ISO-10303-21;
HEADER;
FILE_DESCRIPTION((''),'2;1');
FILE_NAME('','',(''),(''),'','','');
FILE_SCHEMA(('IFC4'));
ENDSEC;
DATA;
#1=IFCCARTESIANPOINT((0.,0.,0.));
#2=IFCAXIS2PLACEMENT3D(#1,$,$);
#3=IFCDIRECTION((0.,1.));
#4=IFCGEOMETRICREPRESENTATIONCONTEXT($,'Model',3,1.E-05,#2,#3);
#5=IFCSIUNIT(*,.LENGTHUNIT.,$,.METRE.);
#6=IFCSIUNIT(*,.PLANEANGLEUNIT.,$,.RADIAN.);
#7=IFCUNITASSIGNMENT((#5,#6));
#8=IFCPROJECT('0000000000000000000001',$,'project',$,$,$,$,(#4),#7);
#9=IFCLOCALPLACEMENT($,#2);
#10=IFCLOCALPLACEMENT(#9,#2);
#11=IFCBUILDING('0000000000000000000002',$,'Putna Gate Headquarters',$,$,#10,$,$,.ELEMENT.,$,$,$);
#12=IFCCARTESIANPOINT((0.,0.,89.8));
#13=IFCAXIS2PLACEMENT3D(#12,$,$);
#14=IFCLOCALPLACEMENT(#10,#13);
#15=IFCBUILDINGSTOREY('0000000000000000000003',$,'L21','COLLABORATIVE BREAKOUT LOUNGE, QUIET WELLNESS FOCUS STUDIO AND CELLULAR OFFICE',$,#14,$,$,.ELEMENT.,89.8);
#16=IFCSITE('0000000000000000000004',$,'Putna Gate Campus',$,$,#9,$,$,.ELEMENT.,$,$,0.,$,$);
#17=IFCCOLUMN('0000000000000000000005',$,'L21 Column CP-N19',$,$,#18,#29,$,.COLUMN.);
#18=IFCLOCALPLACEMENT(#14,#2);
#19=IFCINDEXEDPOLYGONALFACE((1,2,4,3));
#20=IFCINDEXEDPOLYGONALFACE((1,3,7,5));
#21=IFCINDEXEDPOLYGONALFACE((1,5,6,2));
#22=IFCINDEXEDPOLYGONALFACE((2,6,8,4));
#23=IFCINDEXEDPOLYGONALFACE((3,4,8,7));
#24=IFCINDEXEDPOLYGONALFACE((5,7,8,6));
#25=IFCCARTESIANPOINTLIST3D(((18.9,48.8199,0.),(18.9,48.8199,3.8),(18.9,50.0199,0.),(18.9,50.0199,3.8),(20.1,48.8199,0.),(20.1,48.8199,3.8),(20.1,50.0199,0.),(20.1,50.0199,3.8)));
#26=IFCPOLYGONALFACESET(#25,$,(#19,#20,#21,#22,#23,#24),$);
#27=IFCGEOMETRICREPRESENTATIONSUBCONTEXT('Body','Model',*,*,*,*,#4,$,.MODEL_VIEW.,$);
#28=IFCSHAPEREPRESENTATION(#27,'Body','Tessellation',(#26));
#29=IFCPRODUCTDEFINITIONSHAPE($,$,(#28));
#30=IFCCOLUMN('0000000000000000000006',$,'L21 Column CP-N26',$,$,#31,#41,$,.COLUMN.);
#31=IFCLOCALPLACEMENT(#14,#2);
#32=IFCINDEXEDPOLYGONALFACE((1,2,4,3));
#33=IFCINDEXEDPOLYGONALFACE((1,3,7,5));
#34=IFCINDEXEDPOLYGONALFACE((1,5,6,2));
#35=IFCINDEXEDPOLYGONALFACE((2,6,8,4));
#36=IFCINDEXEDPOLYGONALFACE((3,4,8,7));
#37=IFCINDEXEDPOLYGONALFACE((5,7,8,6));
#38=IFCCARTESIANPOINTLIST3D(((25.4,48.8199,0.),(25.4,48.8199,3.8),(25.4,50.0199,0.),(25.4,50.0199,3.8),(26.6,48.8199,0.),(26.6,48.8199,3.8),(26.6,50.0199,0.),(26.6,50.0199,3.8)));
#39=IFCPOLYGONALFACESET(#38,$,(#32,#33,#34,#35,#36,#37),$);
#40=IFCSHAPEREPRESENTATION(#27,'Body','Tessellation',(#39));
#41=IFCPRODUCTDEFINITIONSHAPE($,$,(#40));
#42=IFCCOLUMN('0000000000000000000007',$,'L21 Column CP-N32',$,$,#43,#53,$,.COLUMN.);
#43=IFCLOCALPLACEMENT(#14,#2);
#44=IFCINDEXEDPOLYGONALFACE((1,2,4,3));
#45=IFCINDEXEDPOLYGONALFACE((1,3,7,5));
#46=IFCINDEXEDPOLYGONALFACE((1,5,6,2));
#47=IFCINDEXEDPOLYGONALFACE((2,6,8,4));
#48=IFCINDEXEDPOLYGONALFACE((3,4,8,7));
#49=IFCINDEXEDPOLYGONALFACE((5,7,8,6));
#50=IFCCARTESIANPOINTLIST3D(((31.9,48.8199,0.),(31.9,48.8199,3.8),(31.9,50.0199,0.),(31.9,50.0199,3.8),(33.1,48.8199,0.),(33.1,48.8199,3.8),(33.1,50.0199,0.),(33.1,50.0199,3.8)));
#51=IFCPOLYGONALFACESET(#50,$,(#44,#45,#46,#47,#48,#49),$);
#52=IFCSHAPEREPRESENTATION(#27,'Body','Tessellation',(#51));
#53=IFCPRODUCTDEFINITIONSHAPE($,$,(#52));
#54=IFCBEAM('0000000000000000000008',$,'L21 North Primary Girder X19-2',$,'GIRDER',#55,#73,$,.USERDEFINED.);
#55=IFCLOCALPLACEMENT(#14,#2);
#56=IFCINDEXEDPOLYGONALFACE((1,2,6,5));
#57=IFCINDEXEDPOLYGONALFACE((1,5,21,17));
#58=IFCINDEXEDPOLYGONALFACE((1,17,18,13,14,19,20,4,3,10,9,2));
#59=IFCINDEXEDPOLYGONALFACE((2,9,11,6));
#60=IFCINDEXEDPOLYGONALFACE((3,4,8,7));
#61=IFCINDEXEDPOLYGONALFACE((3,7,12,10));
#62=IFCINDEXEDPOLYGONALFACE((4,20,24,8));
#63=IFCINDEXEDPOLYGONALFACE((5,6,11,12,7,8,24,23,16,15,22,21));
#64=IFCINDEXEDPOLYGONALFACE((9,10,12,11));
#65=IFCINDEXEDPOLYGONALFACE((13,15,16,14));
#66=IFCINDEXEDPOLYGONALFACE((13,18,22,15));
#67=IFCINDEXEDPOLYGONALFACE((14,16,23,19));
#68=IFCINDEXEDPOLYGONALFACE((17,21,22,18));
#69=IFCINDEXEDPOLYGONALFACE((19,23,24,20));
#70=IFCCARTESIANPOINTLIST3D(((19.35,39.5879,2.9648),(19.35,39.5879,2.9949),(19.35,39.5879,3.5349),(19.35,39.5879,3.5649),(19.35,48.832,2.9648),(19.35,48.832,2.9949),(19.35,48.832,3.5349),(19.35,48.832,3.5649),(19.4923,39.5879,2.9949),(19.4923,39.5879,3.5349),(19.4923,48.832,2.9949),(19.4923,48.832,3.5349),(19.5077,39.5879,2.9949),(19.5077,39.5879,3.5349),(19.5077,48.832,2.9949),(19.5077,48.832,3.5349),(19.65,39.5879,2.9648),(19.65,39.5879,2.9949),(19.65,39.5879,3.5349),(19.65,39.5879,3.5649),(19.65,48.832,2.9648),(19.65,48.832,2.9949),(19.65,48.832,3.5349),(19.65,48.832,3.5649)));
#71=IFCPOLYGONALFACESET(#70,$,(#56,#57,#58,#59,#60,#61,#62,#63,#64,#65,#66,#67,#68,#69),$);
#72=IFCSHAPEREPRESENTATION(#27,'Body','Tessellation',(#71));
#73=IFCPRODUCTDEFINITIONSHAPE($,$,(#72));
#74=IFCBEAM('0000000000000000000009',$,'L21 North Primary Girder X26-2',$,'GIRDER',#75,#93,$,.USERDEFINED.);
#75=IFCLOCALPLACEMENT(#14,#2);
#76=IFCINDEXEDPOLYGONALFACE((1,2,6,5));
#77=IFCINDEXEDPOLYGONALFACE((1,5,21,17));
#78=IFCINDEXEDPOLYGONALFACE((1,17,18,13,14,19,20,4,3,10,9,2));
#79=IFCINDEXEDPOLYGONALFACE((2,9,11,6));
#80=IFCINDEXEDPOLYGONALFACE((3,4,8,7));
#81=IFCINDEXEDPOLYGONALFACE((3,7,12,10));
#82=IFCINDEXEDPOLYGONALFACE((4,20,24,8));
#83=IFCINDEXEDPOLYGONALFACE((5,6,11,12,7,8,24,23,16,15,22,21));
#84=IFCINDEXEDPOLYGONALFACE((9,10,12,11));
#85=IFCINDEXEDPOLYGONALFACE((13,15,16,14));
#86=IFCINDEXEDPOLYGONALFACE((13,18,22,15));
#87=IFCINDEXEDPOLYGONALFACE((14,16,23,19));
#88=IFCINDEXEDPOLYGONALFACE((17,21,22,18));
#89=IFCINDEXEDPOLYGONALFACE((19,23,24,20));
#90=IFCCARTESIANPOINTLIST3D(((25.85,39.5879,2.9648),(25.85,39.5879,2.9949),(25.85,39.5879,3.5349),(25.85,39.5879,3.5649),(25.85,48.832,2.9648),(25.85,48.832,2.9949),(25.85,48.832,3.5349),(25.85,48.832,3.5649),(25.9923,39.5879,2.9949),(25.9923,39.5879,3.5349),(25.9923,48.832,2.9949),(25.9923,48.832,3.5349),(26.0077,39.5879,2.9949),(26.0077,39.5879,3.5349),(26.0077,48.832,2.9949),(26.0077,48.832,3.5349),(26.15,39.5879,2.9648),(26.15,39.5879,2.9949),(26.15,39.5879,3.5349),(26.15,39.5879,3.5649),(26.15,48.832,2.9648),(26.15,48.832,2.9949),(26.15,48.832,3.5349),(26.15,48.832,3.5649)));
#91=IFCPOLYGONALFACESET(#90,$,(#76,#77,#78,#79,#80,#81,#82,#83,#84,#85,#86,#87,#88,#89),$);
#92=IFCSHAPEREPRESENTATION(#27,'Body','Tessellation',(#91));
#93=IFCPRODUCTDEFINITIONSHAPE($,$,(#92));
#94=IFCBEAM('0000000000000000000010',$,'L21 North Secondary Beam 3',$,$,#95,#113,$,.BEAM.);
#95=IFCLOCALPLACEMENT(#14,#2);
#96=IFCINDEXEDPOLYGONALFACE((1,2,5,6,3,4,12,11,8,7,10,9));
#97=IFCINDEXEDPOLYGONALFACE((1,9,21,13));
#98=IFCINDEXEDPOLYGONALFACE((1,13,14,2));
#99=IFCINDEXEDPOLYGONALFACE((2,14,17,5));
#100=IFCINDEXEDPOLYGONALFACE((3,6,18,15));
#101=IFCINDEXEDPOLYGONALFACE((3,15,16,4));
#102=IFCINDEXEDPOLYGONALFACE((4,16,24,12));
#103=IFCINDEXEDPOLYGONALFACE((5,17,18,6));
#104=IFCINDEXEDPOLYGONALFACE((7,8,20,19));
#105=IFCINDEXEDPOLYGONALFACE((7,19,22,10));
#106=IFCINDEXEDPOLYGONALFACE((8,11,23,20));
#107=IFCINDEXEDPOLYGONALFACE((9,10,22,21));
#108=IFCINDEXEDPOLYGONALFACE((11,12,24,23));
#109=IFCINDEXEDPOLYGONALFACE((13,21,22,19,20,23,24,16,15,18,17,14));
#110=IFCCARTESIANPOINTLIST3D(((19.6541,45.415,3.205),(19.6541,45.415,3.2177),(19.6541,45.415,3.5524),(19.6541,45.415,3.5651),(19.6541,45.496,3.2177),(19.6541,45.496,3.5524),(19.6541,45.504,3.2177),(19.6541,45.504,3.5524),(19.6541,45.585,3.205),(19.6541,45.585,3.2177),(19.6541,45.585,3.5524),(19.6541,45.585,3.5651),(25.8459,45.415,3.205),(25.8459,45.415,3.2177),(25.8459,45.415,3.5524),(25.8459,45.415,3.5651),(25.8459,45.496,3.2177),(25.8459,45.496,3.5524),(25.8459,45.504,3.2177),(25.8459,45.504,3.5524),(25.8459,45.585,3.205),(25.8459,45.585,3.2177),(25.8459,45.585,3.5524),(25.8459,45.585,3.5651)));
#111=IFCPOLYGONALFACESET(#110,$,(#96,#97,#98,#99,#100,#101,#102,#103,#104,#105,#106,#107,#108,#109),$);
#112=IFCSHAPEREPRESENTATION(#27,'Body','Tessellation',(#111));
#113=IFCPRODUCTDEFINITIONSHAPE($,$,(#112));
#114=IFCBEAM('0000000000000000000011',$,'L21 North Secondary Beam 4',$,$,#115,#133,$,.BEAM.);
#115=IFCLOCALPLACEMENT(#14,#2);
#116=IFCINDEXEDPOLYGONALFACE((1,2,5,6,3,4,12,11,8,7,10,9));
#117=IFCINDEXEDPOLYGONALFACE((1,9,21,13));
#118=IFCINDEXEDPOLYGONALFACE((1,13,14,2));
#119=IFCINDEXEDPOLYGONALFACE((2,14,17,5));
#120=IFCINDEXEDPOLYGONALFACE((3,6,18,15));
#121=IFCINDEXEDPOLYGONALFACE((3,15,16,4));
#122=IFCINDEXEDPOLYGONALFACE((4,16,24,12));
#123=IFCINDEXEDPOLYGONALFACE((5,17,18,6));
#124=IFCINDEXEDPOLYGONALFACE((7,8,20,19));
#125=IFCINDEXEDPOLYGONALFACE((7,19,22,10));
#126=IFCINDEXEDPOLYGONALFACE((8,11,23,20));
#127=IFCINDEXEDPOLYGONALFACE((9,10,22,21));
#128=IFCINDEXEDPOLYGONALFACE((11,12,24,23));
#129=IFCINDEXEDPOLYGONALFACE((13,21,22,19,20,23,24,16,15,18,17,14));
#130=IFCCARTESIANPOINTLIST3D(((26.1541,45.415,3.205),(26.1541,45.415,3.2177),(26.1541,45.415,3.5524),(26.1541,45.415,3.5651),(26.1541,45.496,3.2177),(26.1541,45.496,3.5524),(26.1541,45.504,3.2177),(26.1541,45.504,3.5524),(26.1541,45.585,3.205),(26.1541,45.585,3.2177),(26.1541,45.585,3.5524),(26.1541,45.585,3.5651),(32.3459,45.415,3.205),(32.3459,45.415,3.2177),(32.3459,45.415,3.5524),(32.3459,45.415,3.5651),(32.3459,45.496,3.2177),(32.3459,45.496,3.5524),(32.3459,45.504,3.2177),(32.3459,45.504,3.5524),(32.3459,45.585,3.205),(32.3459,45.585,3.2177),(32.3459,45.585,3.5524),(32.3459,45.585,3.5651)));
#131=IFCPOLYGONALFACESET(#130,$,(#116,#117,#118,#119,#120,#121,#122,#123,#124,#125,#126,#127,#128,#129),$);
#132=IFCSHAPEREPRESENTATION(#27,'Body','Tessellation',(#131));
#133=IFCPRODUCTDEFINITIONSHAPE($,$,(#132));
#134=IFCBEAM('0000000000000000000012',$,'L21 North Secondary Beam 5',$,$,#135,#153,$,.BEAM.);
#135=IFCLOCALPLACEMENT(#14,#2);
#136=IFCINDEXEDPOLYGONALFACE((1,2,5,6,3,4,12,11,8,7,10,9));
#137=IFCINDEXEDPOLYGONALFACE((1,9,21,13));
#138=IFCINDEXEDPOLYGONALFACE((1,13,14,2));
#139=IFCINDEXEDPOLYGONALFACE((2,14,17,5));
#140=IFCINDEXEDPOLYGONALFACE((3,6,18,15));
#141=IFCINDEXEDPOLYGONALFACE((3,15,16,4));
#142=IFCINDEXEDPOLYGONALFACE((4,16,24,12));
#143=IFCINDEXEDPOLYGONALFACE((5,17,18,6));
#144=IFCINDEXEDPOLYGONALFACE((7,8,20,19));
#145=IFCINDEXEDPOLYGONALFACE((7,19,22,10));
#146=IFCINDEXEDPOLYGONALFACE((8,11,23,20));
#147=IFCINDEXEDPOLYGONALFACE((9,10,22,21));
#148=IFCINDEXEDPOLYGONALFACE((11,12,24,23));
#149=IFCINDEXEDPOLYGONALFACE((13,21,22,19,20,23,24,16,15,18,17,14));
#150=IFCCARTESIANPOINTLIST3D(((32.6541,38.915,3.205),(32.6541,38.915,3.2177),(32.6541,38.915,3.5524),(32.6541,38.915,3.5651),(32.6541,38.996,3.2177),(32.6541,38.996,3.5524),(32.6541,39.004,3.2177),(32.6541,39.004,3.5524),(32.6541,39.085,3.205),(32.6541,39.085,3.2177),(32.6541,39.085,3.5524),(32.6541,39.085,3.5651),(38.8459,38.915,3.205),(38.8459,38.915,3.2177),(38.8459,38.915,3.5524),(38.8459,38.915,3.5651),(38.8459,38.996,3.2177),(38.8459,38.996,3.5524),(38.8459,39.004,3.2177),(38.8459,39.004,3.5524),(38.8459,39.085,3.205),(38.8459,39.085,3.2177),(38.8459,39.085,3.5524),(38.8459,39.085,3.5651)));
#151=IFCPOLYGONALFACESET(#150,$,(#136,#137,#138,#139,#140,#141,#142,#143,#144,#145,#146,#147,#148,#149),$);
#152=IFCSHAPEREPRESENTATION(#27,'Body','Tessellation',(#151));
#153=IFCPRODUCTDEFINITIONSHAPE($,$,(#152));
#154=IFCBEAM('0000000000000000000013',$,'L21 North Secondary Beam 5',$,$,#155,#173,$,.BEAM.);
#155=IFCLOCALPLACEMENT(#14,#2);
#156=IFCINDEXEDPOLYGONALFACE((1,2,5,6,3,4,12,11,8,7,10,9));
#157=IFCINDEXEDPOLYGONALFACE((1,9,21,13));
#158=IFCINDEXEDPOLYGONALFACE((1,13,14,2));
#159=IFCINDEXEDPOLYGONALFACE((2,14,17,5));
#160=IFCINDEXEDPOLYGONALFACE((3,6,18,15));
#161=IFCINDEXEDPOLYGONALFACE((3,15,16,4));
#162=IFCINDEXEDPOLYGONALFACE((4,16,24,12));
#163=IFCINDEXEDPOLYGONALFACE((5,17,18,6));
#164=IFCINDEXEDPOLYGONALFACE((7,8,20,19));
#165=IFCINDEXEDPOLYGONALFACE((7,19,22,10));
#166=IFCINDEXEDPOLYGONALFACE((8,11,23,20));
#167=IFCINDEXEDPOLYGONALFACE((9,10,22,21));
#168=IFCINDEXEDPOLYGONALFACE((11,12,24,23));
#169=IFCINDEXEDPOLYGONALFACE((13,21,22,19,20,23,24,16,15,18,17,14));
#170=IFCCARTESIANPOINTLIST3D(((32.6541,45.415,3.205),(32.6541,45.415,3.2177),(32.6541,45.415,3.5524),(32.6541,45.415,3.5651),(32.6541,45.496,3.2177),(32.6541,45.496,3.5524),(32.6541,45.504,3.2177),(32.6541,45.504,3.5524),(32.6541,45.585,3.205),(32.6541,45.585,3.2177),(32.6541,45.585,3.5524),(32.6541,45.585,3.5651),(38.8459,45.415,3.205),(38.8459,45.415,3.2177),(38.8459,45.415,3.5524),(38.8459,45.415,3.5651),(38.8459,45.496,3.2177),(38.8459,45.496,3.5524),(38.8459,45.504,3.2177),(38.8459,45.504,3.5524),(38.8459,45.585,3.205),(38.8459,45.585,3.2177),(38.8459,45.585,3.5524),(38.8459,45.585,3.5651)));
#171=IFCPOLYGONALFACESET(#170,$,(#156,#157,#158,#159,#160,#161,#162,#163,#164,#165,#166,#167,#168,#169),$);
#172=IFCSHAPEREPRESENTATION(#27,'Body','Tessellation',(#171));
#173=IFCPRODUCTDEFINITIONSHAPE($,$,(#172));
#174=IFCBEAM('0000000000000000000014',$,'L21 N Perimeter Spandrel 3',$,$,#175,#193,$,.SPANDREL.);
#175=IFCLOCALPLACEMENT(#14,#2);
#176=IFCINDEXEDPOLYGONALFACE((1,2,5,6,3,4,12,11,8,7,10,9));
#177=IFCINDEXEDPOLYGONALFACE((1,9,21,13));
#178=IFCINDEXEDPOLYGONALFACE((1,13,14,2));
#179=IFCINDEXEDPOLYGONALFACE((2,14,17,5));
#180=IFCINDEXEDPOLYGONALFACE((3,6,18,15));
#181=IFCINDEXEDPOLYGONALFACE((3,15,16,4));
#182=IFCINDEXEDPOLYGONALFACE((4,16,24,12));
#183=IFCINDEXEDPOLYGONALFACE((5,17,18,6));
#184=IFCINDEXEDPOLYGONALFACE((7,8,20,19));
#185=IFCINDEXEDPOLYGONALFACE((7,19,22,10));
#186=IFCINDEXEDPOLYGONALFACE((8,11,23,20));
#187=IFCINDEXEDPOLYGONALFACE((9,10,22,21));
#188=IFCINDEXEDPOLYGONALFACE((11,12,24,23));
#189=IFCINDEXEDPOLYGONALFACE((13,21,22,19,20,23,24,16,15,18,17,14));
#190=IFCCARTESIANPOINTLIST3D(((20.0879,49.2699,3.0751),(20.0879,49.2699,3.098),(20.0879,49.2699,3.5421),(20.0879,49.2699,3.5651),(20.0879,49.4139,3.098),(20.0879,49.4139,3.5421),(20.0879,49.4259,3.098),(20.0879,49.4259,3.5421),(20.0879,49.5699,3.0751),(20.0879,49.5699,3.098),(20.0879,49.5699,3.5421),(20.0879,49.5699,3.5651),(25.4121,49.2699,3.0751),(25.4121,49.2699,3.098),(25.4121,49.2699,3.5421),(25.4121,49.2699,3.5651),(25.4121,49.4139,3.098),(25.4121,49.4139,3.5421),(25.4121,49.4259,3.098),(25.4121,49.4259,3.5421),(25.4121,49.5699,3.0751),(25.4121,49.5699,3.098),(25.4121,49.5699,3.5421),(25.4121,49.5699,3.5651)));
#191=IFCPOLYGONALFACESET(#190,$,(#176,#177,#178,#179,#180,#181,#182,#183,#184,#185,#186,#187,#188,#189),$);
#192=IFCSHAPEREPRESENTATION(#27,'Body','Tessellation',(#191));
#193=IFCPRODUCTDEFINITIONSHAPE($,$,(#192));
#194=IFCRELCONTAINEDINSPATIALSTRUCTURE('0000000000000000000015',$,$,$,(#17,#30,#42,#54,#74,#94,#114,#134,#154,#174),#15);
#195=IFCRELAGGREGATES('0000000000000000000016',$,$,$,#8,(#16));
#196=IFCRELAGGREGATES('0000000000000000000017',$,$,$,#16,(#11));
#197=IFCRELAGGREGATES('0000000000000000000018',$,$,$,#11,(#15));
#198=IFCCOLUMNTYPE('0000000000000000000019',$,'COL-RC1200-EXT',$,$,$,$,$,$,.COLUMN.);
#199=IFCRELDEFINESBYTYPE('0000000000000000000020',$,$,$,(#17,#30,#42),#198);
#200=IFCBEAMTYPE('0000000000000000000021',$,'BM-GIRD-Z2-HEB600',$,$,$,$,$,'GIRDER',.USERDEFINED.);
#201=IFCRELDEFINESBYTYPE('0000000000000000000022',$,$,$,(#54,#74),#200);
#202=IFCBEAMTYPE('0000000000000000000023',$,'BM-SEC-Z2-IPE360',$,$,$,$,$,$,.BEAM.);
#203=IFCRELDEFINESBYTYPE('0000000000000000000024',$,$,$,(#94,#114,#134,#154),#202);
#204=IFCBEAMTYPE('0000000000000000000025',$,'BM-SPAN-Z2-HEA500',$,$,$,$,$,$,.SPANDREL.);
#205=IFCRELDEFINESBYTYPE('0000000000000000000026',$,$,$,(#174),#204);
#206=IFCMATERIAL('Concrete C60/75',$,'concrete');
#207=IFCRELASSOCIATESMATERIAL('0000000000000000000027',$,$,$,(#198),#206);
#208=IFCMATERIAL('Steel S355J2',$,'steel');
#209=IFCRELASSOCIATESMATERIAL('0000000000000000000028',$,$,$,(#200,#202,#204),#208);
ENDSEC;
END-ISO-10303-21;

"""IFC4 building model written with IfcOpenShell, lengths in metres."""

from ifc_helpers import new_model, si_unit, direction, frame, origin, origin_2d, place, context, subcontext, project, spatial, rectangle, i_section, extrude, material, material_profile, profile_set, type_object, element, save


model = new_model("IFC4")

# Units and contexts
model_context = context("Model", 3, precision=1e-05, world=origin(), true_north=direction((0.0, 1.0)))
body_context = subcontext(model_context, "Body", "Model", "MODEL_VIEW")
ifc_project = project(units=[si_unit("LENGTHUNIT", "METRE"), si_unit("PLANEANGLEUNIT", "RADIAN")], contexts=[model_context])

# Site, building, storey
site_placement = place(None, origin())
site = spatial("IfcSite", under=ifc_project, at=site_placement, Name="Putna Gate Campus", CompositionType="ELEMENT", RefElevation=0.0)
building_placement = place(site_placement, origin())
building = spatial("IfcBuilding", under=site, at=building_placement, Name="Putna Gate Headquarters", CompositionType="ELEMENT")
storey_placement = place(building_placement, frame((0.0, 0.0, 89.8)))
storey = spatial("IfcBuildingStorey", under=building, at=storey_placement, Name="L21", Description="COLLABORATIVE BREAKOUT LOUNGE, QUIET WELLNESS FOCUS STUDIO AND CELLULAR OFFICE", CompositionType="ELEMENT", Elevation=89.8)

# Columns
ifc_material_1 = material(Name="Concrete C60/75", Category="concrete")
ifc_material_profile_1 = material_profile(ifc_material_1, rectangle(XDim=1.2, YDim=1.2, at=origin_2d()), Name="Concrete C60/75")
ifc_profile_set_1 = profile_set([ifc_material_profile_1], Name="Concrete C60/75")
column_type = type_object("IfcColumnType", Name="COL-RC1200-EXT", PredefinedType="COLUMN", material=ifc_profile_set_1)
for number, where, z_axis, x_axis, name in (
    (1, (19.5, 49.4199, 0.0), (0.0, 0.0, 1.0), (1.0, 0.0, 0.0), "L21 Column CP-N19"),
    (2, (26.0, 49.4199, 0.0), (0.0, 0.0, 1.0), (1.0, 0.0, 0.0), "L21 Column CP-N26"),
    (3, (32.5, 49.4199, 0.0), (0.0, 0.0, 1.0), (1.0, 0.0, 0.0), "L21 Column CP-N32"),
):
    element("IfcColumn", number, at=place(storey_placement, frame(where, z_axis=z_axis, x_axis=x_axis)), inside=storey, type_object=column_type, Name=name, PredefinedType="COLUMN", context=body_context, shape_type="SweptSolid", body=[
        extrude(rectangle(XDim=1.2, YDim=1.2, at=origin_2d()), origin(), (0.0, 0.0, 1.0), 3.8),
    ])

# Beams
ifc_material_2 = material(Name="Steel S355J2", Category="steel")
ifc_material_profile_2 = material_profile(ifc_material_2, i_section(OverallWidth=0.3, OverallDepth=0.6001, WebThickness=0.0154, FlangeThickness=0.03, at=origin_2d()), Name="Steel S355J2")
ifc_profile_set_2 = profile_set([ifc_material_profile_2], Name="Steel S355J2")
beam_type_1 = type_object("IfcBeamType", Name="BM-GIRD-Z2-HEB600", ElementType="GIRDER", PredefinedType="USERDEFINED", material=ifc_profile_set_2)
for number, where, z_axis, x_axis, name in (
    (4, (19.5, 39.5879, 3.2649), (0.0, 1.0, 0.0), (-1.0, 0.0, 0.0), "L21 North Primary Girder X19-2"),
    (5, (26.0, 39.5879, 3.2649), (0.0, 1.0, 0.0), (-1.0, 0.0, 0.0), "L21 North Primary Girder X26-2"),
):
    element("IfcBeam", number, at=place(storey_placement, frame(where, z_axis=z_axis, x_axis=x_axis)), inside=storey, type_object=beam_type_1, Name=name, ObjectType="GIRDER", PredefinedType="USERDEFINED", context=body_context, shape_type="SweptSolid", body=[
        extrude(i_section(OverallWidth=0.3, OverallDepth=0.6001, WebThickness=0.0154, FlangeThickness=0.03, at=origin_2d()), origin(), (0.0, 0.0, 1.0), 9.2441),
    ])
ifc_material_profile_3 = material_profile(ifc_material_2, i_section(OverallWidth=0.1699, OverallDepth=0.3601, WebThickness=0.0081, FlangeThickness=0.0127, at=origin_2d()), Name="Steel S355J2")
ifc_profile_set_3 = profile_set([ifc_material_profile_3], Name="Steel S355J2")
beam_type_2 = type_object("IfcBeamType", Name="BM-SEC-Z2-IPE360", PredefinedType="BEAM", material=ifc_profile_set_3)
for number, where, z_axis, x_axis, name in (
    (6, (19.6541, 45.5, 3.385), (1.0, 0.0, 0.0), (0.0, 1.0, 0.0), "L21 North Secondary Beam 3"),
    (7, (26.1541, 45.5, 3.385), (1.0, 0.0, 0.0), (0.0, 1.0, 0.0), "L21 North Secondary Beam 4"),
    (8, (32.6541, 39.0, 3.385), (1.0, 0.0, 0.0), (0.0, 1.0, 0.0), "L21 North Secondary Beam 5"),
    (9, (32.6541, 45.5, 3.385), (1.0, 0.0, 0.0), (0.0, 1.0, 0.0), "L21 North Secondary Beam 5"),
):
    element("IfcBeam", number, at=place(storey_placement, frame(where, z_axis=z_axis, x_axis=x_axis)), inside=storey, type_object=beam_type_2, Name=name, PredefinedType="BEAM", context=body_context, shape_type="SweptSolid", body=[
        extrude(i_section(OverallWidth=0.1699, OverallDepth=0.3601, WebThickness=0.0081, FlangeThickness=0.0127, at=origin_2d()), origin(), (0.0, 0.0, 1.0), 6.1919),
    ])
ifc_material_profile_4 = material_profile(ifc_material_2, i_section(OverallWidth=0.3, OverallDepth=0.49, WebThickness=0.012, FlangeThickness=0.0229, at=origin_2d()), Name="Steel S355J2")
ifc_profile_set_4 = profile_set([ifc_material_profile_4], Name="Steel S355J2")
beam_type_3 = type_object("IfcBeamType", Name="BM-SPAN-Z2-HEA500", PredefinedType="SPANDREL", material=ifc_profile_set_4)
for number, where, z_axis, x_axis, name in (
    (10, (20.0879, 49.4199, 3.3201), (1.0, 0.0, 0.0), (0.0, 1.0, 0.0), "L21 N Perimeter Spandrel 3"),
):
    element("IfcBeam", number, at=place(storey_placement, frame(where, z_axis=z_axis, x_axis=x_axis)), inside=storey, type_object=beam_type_3, Name=name, PredefinedType="SPANDREL", context=body_context, shape_type="SweptSolid", body=[
        extrude(i_section(OverallWidth=0.3, OverallDepth=0.49, WebThickness=0.012, FlangeThickness=0.0229, at=origin_2d()), origin(), (0.0, 0.0, 1.0), 5.3242),
    ])

save(model, "model.ifc")
